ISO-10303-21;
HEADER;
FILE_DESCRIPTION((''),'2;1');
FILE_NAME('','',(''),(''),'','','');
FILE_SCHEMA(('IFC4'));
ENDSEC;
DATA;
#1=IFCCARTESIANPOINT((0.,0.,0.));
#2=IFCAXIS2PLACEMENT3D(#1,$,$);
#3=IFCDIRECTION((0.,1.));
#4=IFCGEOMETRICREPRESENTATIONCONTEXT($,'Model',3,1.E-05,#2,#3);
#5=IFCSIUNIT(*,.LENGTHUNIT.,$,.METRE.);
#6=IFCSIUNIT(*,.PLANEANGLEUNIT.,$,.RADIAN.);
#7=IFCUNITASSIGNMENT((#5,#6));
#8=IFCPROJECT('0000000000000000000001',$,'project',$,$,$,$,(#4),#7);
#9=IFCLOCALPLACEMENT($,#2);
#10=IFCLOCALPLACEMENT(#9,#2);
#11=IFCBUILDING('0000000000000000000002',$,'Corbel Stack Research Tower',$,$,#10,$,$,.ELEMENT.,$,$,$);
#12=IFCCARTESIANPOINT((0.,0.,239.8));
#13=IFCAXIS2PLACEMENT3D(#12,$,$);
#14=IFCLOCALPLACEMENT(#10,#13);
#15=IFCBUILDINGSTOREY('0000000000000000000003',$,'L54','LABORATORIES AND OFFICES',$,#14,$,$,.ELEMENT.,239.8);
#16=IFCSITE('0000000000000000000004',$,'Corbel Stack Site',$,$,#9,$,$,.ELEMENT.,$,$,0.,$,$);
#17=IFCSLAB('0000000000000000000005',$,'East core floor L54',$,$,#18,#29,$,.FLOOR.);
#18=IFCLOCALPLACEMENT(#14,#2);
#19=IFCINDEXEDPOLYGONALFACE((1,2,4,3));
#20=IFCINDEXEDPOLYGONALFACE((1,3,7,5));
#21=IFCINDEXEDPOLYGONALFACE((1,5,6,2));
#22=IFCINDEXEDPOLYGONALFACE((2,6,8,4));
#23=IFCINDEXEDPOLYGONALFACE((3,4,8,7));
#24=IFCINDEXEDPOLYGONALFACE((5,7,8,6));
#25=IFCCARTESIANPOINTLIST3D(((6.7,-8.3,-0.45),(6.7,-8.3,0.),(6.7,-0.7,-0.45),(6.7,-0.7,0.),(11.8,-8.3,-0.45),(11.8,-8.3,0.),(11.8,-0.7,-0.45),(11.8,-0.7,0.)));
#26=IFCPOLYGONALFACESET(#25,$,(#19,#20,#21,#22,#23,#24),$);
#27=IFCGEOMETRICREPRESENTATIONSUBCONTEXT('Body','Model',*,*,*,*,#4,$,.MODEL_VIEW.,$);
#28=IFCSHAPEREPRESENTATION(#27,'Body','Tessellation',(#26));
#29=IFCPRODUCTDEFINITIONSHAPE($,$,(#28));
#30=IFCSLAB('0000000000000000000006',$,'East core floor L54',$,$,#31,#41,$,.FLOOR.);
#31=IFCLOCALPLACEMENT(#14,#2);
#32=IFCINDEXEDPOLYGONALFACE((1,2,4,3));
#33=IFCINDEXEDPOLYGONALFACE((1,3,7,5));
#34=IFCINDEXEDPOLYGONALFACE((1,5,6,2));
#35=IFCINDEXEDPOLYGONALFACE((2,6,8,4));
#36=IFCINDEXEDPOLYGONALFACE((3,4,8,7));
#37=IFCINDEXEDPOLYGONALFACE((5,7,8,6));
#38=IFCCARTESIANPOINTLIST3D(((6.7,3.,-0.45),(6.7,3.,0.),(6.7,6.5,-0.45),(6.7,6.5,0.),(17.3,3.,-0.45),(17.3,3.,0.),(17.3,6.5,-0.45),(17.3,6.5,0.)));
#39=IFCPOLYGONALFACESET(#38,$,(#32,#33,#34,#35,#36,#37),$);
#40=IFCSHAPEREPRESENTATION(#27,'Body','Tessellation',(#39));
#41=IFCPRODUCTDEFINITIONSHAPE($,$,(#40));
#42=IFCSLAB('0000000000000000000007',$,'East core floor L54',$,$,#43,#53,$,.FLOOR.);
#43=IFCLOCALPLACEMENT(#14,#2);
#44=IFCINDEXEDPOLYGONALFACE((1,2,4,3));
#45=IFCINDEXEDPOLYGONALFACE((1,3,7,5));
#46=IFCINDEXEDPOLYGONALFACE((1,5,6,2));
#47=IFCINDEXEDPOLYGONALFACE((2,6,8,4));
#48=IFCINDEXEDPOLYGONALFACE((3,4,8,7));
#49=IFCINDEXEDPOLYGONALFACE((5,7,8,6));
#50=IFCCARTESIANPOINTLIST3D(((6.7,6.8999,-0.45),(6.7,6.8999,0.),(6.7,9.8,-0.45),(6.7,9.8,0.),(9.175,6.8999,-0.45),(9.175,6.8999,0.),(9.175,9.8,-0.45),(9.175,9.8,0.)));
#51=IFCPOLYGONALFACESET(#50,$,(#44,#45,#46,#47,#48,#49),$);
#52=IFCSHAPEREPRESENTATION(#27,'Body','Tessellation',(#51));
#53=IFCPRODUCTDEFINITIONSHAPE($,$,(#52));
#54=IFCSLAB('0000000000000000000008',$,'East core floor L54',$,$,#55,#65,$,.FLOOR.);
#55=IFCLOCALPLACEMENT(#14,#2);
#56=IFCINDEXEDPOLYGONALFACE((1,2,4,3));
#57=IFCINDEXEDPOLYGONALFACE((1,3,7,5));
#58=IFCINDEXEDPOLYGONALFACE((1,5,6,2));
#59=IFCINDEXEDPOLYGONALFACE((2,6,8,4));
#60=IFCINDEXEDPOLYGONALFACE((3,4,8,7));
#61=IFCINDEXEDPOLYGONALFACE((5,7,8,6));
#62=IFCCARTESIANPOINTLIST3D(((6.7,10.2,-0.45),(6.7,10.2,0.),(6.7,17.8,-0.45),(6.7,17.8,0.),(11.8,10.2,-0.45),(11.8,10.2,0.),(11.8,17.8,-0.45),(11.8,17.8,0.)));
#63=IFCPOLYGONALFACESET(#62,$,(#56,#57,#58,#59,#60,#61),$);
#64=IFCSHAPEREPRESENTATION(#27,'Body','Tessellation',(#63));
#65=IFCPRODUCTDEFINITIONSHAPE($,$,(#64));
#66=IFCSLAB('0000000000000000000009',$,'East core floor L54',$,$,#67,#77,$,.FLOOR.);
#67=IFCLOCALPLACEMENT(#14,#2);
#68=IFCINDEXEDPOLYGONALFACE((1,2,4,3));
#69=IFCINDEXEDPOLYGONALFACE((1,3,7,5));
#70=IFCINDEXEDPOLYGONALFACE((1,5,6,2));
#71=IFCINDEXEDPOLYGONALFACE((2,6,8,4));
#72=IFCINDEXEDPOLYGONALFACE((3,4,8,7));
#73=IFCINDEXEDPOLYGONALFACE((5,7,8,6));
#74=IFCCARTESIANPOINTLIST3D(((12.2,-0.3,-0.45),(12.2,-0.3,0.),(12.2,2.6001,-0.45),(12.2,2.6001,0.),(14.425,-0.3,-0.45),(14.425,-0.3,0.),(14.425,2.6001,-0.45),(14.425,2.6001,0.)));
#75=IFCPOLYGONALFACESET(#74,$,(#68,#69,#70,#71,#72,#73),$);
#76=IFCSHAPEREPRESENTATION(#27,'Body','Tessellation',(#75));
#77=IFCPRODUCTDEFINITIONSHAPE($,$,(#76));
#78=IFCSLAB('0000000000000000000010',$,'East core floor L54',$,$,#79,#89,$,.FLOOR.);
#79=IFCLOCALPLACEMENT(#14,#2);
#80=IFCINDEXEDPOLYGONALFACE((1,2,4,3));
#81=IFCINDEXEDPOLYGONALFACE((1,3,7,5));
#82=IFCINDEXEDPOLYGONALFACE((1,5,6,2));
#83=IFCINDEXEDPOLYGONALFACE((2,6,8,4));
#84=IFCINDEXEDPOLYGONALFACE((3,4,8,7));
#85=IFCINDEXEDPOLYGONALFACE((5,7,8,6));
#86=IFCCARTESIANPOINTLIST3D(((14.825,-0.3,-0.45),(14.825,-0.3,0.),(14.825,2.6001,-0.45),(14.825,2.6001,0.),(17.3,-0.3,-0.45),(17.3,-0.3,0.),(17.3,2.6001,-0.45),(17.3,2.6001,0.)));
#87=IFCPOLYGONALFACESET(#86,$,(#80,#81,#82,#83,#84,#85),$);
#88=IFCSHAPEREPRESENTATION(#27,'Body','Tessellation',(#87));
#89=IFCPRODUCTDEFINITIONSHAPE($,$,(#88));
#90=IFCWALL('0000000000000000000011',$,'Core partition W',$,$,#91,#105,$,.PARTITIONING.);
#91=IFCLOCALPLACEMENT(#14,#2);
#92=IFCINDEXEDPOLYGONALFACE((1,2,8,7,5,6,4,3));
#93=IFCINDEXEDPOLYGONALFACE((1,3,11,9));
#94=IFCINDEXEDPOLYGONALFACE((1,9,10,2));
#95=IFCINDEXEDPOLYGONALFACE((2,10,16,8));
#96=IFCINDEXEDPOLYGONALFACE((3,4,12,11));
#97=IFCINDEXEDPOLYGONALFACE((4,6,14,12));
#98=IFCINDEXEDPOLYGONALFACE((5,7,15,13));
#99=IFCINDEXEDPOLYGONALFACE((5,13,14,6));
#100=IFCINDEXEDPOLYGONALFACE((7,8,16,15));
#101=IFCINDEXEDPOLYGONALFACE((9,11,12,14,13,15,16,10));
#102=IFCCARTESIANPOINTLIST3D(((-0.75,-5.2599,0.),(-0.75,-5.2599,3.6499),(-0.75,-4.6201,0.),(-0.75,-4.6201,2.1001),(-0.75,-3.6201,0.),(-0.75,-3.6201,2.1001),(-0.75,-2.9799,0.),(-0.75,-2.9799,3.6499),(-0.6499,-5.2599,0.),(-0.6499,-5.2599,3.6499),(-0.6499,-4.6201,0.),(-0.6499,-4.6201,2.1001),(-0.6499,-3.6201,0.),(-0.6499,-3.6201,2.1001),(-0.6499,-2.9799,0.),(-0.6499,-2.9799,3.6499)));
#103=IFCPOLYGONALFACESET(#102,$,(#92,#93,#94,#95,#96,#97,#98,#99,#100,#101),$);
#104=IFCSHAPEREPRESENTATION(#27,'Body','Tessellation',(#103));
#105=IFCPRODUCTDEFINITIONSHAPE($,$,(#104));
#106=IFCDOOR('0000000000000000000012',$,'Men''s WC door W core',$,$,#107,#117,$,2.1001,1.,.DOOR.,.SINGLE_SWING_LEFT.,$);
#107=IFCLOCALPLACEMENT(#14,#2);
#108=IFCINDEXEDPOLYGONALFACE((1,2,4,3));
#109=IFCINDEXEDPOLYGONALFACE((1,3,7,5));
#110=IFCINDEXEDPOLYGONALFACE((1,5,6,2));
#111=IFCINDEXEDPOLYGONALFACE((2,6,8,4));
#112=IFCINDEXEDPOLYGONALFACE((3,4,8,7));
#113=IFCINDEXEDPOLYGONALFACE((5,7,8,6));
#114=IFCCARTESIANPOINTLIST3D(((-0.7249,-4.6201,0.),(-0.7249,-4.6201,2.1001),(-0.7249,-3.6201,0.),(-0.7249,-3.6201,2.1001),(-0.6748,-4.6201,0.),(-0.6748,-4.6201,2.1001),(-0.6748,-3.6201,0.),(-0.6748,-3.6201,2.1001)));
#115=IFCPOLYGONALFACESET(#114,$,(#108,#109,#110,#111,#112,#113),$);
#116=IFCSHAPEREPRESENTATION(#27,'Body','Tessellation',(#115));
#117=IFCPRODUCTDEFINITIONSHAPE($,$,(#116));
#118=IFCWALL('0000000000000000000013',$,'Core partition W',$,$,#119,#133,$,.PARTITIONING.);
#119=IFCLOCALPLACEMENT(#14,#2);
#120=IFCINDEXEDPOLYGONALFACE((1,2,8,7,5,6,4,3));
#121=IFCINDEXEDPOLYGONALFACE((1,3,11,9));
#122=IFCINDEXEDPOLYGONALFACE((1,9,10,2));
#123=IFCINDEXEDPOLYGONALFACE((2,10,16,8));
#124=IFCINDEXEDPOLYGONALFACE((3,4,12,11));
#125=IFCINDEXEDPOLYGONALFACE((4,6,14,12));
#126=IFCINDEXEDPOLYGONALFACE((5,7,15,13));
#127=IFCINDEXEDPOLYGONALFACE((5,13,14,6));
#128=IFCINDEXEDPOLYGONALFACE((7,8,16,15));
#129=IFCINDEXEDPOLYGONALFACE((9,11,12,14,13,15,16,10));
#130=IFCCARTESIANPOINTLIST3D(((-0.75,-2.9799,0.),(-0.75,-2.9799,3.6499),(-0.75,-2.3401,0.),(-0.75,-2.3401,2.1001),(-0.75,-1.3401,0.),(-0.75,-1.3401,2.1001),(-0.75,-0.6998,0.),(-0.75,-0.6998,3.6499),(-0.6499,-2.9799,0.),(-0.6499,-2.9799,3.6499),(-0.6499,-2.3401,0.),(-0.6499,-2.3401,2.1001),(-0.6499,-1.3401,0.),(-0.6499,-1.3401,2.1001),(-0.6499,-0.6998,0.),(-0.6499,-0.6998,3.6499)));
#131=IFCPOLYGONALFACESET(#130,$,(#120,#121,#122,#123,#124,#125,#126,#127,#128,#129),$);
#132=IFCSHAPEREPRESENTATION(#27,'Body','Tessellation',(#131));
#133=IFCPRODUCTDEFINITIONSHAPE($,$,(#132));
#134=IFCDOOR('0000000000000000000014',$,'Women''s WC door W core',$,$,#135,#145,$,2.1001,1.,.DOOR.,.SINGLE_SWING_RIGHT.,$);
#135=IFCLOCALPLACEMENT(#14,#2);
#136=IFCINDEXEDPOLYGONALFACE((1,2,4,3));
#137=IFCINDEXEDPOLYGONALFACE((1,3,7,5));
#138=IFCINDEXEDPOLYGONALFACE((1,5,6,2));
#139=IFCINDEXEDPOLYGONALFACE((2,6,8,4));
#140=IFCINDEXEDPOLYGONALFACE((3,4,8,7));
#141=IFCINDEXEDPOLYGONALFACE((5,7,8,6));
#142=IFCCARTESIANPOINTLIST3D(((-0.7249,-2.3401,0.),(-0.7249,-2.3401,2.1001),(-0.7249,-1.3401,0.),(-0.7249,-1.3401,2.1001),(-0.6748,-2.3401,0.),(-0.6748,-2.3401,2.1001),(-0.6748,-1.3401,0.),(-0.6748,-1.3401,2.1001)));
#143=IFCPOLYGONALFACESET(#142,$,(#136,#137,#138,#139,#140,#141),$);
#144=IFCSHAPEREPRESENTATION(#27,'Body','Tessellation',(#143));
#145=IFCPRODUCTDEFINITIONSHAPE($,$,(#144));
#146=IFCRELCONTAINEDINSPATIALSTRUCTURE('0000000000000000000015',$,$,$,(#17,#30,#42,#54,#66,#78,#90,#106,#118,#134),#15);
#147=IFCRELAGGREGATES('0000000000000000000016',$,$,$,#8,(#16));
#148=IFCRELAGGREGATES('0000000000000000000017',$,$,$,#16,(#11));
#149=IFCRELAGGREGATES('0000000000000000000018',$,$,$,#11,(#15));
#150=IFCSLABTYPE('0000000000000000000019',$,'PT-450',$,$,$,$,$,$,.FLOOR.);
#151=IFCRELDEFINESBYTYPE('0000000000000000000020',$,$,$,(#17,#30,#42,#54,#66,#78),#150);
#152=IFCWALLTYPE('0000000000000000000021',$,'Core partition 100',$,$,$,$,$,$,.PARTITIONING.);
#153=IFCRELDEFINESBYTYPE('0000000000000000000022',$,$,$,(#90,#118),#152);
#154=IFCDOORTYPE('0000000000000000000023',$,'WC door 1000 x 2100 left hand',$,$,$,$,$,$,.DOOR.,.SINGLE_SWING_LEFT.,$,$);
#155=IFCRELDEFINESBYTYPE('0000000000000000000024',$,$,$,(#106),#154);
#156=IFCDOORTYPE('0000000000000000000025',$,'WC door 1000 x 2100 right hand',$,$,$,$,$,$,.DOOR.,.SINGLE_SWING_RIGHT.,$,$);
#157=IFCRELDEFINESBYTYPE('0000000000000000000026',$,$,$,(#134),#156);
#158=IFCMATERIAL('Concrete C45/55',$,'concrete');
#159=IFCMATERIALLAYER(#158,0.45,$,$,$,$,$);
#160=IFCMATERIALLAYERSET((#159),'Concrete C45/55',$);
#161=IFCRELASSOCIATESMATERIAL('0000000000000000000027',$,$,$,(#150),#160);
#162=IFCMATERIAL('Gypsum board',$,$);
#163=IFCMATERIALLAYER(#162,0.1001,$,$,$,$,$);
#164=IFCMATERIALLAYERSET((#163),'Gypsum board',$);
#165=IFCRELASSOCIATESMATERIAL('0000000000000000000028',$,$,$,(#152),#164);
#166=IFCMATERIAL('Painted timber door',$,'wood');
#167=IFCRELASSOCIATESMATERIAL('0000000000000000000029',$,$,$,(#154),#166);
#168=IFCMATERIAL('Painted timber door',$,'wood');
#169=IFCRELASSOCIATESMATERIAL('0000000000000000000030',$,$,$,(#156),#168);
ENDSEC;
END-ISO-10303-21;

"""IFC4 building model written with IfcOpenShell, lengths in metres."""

from ifc_helpers import new_model, si_unit, direction, frame, frame_2d, origin, place, context, subcontext, project, spatial, polyline, rectangle, outline, extrude, material, layer, layer_set, type_object, element, fill, save


model = new_model("IFC4")

# Units and contexts
model_context = context("Model", 3, precision=1e-05, world=origin(), true_north=direction((0.0, 1.0)))
body_context = subcontext(model_context, "Body", "Model", "MODEL_VIEW")
ifc_project = project(units=[si_unit("LENGTHUNIT", "METRE"), si_unit("PLANEANGLEUNIT", "RADIAN")], contexts=[model_context])

# Site, building, storey
site_placement = place(None, origin())
site = spatial("IfcSite", under=ifc_project, at=site_placement, Name="Corbel Stack Site", CompositionType="ELEMENT", RefElevation=0.0)
building_placement = place(site_placement, origin())
building = spatial("IfcBuilding", under=site, at=building_placement, Name="Corbel Stack Research Tower", CompositionType="ELEMENT")
storey_placement = place(building_placement, frame((0.0, 0.0, 239.8)))
storey = spatial("IfcBuildingStorey", under=building, at=storey_placement, Name="L54", Description="LABORATORIES AND OFFICES", CompositionType="ELEMENT", Elevation=239.8)

# Slabs
ifc_material_1 = material(Name="Concrete C45/55", Category="concrete")
ifc_layer_1 = layer(ifc_material_1, 0.45)
ifc_layer_set_1 = layer_set([ifc_layer_1], Name="Concrete C45/55")
slab_type_1 = type_object("IfcSlabType", Name="PT-450", PredefinedType="FLOOR", material=ifc_layer_set_1)
slab_1_placement = place(storey_placement, frame((0.0, 0.0, -0.45)))
element("IfcSlab", 1, at=slab_1_placement, inside=storey, type_object=slab_type_1, Name="East core floor L54", PredefinedType="FLOOR", context=body_context, shape_type="SweptSolid", body=[
    extrude(outline(polyline([(6.7, -8.3), (11.8, -8.3), (11.8, -0.7), (6.7, -0.7), (6.7, -8.3)])), origin(), (0.0, 0.0, 1.0), 0.45),
])
slab_2_placement = place(storey_placement, frame((0.0, 0.0, -0.45)))
element("IfcSlab", 2, at=slab_2_placement, inside=storey, type_object=slab_type_1, Name="East core floor L54", PredefinedType="FLOOR", context=body_context, shape_type="SweptSolid", body=[
    extrude(outline(polyline([(6.7, 3.0), (17.3, 3.0), (17.3, 6.5), (6.7, 6.5), (6.7, 3.0)])), origin(), (0.0, 0.0, 1.0), 0.45),
])
slab_3_placement = place(storey_placement, frame((0.0, 0.0, -0.45)))
element("IfcSlab", 3, at=slab_3_placement, inside=storey, type_object=slab_type_1, Name="East core floor L54", PredefinedType="FLOOR", context=body_context, shape_type="SweptSolid", body=[
    extrude(outline(polyline([(6.7, 6.8999), (9.175, 6.8999), (9.175, 9.8), (6.7, 9.8), (6.7, 6.8999)])), origin(), (0.0, 0.0, 1.0), 0.45),
])
slab_4_placement = place(storey_placement, frame((0.0, 0.0, -0.45)))
element("IfcSlab", 4, at=slab_4_placement, inside=storey, type_object=slab_type_1, Name="East core floor L54", PredefinedType="FLOOR", context=body_context, shape_type="SweptSolid", body=[
    extrude(outline(polyline([(6.7, 10.2), (11.8, 10.2), (11.8, 17.8), (6.7, 17.8), (6.7, 10.2)])), origin(), (0.0, 0.0, 1.0), 0.45),
])
slab_5_placement = place(storey_placement, frame((0.0, 0.0, -0.45)))
element("IfcSlab", 5, at=slab_5_placement, inside=storey, type_object=slab_type_1, Name="East core floor L54", PredefinedType="FLOOR", context=body_context, shape_type="SweptSolid", body=[
    extrude(outline(polyline([(12.2, 2.6001), (12.2, -0.3), (14.425, -0.3), (14.425, 2.6001), (12.2, 2.6001)])), origin(), (0.0, 0.0, 1.0), 0.45),
])
slab_6_placement = place(storey_placement, frame((0.0, 0.0, -0.45)))
element("IfcSlab", 6, at=slab_6_placement, inside=storey, type_object=slab_type_1, Name="East core floor L54", PredefinedType="FLOOR", context=body_context, shape_type="SweptSolid", body=[
    extrude(outline(polyline([(14.825, 2.6001), (14.825, -0.3), (17.3, -0.3), (17.3, 2.6001), (14.825, 2.6001)])), origin(), (0.0, 0.0, 1.0), 0.45),
])

# Walls, openings, doors
ifc_material_2 = material(Name="Gypsum board")
ifc_layer_2 = layer(ifc_material_2, 0.1001)
ifc_layer_set_2 = layer_set([ifc_layer_2], Name="Gypsum board")
wall_type = type_object("IfcWallType", Name="Core partition 100", PredefinedType="PARTITIONING", material=ifc_layer_set_2)
wall_1_placement = place(storey_placement, frame((-0.7, -5.26, 0.0), z_axis=(0.0, 0.0, 1.0), x_axis=(0.0, 1.0, 0.0)))
wall_1 = element("IfcWall", 7, at=wall_1_placement, inside=storey, type_object=wall_type, Name="Core partition W", PredefinedType="PARTITIONING", context=body_context, shape_type="SweptSolid", body=[
    extrude(rectangle(XDim=2.28, YDim=0.1001, at=frame_2d((1.1401, 0.0))), origin(), (0.0, 0.0, 1.0), 3.6499),
])
opening_1_placement = place(wall_1_placement, frame((0.6399, 0.0, 0.0)))
opening_1 = element("IfcOpeningElement", 8, at=opening_1_placement, cuts=wall_1, PredefinedType="OPENING", context=body_context, shape_type="SweptSolid", body=[
    extrude(rectangle(XDim=1.0, YDim=2.1001, at=frame_2d((0.5, 1.05))), frame((0.0, 0.0601, 0.0), z_axis=(0.0, -1.0, 0.0), x_axis=(1.0, 0.0, 0.0)), (0.0, 0.0, 1.0), 0.1201),
])
ifc_material_3 = material(Name="Painted timber door", Category="wood")
door_type_1 = type_object("IfcDoorType", Name="WC door 1000 x 2100 left hand", OperationType="SINGLE_SWING_LEFT", PredefinedType="DOOR", material=ifc_material_3)
door_1_placement = place(opening_1_placement, origin())
door_1 = element("IfcDoor", 9, at=door_1_placement, inside=storey, type_object=door_type_1, Name="Men's WC door W core", OperationType="SINGLE_SWING_LEFT", OverallHeight=2.1001, OverallWidth=1.0, PredefinedType="DOOR", context=body_context, shape_type="SweptSolid", body=[
    extrude(rectangle(XDim=1.0, YDim=2.1001, at=frame_2d((0.5, 1.05))), frame((0.0, 0.0249, 0.0), z_axis=(0.0, -1.0, 0.0), x_axis=(1.0, 0.0, 0.0)), (0.0, 0.0, 1.0), 0.05),
])
fill(opening_1, door_1)
wall_2_placement = place(storey_placement, frame((-0.7, -2.98, 0.0), z_axis=(0.0, 0.0, 1.0), x_axis=(0.0, 1.0, 0.0)))
wall_2 = element("IfcWall", 10, at=wall_2_placement, inside=storey, type_object=wall_type, Name="Core partition W", PredefinedType="PARTITIONING", context=body_context, shape_type="SweptSolid", body=[
    extrude(rectangle(XDim=2.28, YDim=0.1001, at=frame_2d((1.1401, 0.0))), origin(), (0.0, 0.0, 1.0), 3.6499),
])
opening_2_placement = place(wall_2_placement, frame((0.6399, 0.0, 0.0)))
opening_2 = element("IfcOpeningElement", 11, at=opening_2_placement, cuts=wall_2, PredefinedType="OPENING", context=body_context, shape_type="SweptSolid", body=[
    extrude(rectangle(XDim=1.0, YDim=2.1001, at=frame_2d((0.5, 1.05))), frame((0.0, 0.0601, 0.0), z_axis=(0.0, -1.0, 0.0), x_axis=(1.0, 0.0, 0.0)), (0.0, 0.0, 1.0), 0.1201),
])
ifc_material_4 = material(Name="Painted timber door", Category="wood")
door_type_2 = type_object("IfcDoorType", Name="WC door 1000 x 2100 right hand", OperationType="SINGLE_SWING_RIGHT", PredefinedType="DOOR", material=ifc_material_4)
door_2_placement = place(opening_2_placement, origin())
door_2 = element("IfcDoor", 12, at=door_2_placement, inside=storey, type_object=door_type_2, Name="Women's WC door W core", OperationType="SINGLE_SWING_RIGHT", OverallHeight=2.1001, OverallWidth=1.0, PredefinedType="DOOR", context=body_context, shape_type="SweptSolid", body=[
    extrude(rectangle(XDim=1.0, YDim=2.1001, at=frame_2d((0.5, 1.05))), frame((0.0, 0.0249, 0.0), z_axis=(0.0, -1.0, 0.0), x_axis=(1.0, 0.0, 0.0)), (0.0, 0.0, 1.0), 0.05),
])
fill(opening_2, door_2)

save(model, "model.ifc")
